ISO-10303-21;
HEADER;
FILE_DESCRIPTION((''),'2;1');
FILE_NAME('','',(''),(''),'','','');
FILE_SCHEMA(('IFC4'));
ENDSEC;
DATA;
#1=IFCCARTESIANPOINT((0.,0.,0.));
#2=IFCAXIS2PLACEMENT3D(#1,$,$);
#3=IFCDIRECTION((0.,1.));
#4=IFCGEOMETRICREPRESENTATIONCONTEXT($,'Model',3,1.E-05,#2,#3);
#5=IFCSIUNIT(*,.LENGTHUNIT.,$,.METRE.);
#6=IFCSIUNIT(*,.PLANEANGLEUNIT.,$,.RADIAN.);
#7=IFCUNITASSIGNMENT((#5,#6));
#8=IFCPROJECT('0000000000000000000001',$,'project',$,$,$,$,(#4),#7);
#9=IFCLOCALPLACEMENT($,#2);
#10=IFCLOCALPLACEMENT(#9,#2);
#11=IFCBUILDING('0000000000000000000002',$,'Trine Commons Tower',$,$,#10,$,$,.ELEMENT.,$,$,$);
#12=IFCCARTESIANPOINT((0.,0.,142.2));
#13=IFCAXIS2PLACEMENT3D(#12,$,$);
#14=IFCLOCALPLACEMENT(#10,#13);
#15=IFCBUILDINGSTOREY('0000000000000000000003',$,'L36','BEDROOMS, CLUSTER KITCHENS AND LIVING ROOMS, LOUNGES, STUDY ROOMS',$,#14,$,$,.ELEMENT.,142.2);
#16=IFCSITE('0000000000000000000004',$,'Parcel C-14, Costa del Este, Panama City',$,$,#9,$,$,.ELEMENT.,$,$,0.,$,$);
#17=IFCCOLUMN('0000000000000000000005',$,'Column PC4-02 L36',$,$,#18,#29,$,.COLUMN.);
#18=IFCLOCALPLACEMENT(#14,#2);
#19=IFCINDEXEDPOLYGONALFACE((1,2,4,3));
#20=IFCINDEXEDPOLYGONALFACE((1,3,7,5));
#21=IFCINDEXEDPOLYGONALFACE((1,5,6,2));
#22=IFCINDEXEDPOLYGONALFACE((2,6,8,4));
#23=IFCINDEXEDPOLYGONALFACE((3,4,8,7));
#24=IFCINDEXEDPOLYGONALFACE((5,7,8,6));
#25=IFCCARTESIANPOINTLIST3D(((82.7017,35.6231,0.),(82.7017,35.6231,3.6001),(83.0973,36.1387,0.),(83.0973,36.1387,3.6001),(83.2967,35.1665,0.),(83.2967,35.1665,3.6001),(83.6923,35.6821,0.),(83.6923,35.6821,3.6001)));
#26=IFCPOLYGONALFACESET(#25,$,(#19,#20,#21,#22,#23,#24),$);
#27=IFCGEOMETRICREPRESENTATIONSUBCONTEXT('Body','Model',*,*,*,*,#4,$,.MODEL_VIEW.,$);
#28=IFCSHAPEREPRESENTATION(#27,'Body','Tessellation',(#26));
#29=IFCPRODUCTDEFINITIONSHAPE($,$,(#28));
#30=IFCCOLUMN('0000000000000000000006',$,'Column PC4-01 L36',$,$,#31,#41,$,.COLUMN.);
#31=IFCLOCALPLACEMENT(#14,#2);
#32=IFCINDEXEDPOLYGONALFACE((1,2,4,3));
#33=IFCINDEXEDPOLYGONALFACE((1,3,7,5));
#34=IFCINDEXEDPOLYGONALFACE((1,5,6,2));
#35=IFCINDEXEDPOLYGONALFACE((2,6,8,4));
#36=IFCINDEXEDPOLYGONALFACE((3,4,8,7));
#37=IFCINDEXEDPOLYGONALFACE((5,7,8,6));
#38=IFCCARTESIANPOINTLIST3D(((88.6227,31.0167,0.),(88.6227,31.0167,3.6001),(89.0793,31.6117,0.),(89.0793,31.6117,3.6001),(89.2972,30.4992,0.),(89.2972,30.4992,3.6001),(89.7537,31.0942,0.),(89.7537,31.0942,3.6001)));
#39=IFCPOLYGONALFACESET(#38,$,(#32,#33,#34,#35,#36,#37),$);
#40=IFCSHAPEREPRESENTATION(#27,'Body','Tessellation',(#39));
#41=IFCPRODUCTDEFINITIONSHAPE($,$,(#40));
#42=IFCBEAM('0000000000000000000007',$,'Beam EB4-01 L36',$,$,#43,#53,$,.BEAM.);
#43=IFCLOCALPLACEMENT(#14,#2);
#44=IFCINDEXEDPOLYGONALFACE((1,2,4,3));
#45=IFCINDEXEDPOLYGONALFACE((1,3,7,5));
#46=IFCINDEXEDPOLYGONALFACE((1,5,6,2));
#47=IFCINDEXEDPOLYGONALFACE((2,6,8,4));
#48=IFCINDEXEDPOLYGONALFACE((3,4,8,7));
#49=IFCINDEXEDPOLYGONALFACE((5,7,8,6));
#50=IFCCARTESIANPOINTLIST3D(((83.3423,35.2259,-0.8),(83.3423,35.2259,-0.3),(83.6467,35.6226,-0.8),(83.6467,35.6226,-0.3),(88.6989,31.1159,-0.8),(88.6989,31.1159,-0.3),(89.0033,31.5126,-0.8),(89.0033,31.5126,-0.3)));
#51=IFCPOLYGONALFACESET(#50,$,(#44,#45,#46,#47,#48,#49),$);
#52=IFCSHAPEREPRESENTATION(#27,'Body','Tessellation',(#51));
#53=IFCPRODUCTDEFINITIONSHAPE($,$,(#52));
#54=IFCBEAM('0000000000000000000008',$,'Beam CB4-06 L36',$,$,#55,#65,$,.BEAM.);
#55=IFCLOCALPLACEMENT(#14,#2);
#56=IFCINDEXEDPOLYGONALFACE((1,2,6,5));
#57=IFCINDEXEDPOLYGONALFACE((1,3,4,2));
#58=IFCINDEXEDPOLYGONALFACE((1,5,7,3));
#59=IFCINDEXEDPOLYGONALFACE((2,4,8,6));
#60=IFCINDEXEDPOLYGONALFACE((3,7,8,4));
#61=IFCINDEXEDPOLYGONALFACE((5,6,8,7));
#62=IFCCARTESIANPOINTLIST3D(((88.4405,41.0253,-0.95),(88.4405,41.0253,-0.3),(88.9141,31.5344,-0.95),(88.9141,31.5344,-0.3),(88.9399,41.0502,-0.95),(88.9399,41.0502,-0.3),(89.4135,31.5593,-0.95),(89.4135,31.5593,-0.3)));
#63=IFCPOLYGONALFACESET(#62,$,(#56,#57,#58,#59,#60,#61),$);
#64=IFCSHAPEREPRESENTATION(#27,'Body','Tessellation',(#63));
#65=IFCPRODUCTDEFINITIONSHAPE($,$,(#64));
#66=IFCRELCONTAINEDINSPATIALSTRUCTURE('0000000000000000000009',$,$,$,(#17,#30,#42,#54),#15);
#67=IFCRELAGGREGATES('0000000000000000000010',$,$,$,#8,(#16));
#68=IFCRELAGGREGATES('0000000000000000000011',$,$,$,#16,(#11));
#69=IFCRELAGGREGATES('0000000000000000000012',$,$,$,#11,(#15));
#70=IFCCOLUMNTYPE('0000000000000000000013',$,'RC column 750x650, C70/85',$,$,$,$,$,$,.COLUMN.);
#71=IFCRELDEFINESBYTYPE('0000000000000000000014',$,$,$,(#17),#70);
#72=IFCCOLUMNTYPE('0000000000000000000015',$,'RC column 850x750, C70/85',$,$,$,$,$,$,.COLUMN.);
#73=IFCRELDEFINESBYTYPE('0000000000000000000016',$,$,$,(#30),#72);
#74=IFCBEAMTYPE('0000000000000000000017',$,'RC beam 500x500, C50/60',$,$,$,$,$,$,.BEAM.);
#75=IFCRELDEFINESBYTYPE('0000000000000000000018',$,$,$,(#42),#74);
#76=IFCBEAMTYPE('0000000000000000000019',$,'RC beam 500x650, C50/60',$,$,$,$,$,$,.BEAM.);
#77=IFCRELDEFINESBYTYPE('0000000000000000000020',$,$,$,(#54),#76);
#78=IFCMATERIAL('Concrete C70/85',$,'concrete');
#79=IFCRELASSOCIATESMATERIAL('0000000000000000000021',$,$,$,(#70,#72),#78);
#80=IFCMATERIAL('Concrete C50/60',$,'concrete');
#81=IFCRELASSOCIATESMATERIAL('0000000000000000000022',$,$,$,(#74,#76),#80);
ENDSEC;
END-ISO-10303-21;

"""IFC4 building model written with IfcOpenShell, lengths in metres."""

from ifc_helpers import new_model, si_unit, direction, frame, origin, origin_2d, place, context, subcontext, project, spatial, rectangle, extrude, material, material_profile, profile_set, type_object, element, save


model = new_model("IFC4")

# Units and contexts
model_context = context("Model", 3, precision=1e-05, world=origin(), true_north=direction((0.0, 1.0)))
body_context = subcontext(model_context, "Body", "Model", "MODEL_VIEW")
ifc_project = project(units=[si_unit("LENGTHUNIT", "METRE"), si_unit("PLANEANGLEUNIT", "RADIAN")], contexts=[model_context])

# Site, building, storey
site_placement = place(None, origin())
site = spatial("IfcSite", under=ifc_project, at=site_placement, Name="Parcel C-14, Costa del Este, Panama City", CompositionType="ELEMENT", RefElevation=0.0)
building_placement = place(site_placement, origin())
building = spatial("IfcBuilding", under=site, at=building_placement, Name="Trine Commons Tower", CompositionType="ELEMENT")
storey_placement = place(building_placement, frame((0.0, 0.0, 142.2)))
storey = spatial("IfcBuildingStorey", under=building, at=storey_placement, Name="L36", Description="BEDROOMS, CLUSTER KITCHENS AND LIVING ROOMS, LOUNGES, STUDY ROOMS", CompositionType="ELEMENT", Elevation=142.2)

# Columns
ifc_material_1 = material(Name="Concrete C70/85", Category="concrete")
ifc_material_profile_1 = material_profile(ifc_material_1, rectangle(XDim=0.75, YDim=0.6499, at=origin_2d()), Name="RC 750x650")
ifc_profile_set_1 = profile_set([ifc_material_profile_1], Name="Concrete C70/85")
column_type_1 = type_object("IfcColumnType", Name="RC column 750x650, C70/85", PredefinedType="COLUMN", material=ifc_profile_set_1)
column_1_placement = place(storey_placement, frame((83.197, 35.6526, 0.0), z_axis=(0.0, 0.0, 1.0), x_axis=(-0.793353, 0.608761, 0.0)))
element("IfcColumn", 1, at=column_1_placement, inside=storey, type_object=column_type_1, Name="Column PC4-02 L36", PredefinedType="COLUMN", context=body_context, shape_type="SweptSolid", body=[
    extrude(rectangle(XDim=0.75, YDim=0.6499, at=origin_2d()), origin(), (0.0, 0.0, 1.0), 3.6001),
])
ifc_material_profile_2 = material_profile(ifc_material_1, rectangle(XDim=0.8501, YDim=0.75, at=origin_2d()), Name="RC 850x750")
ifc_profile_set_2 = profile_set([ifc_material_profile_2], Name="Concrete C70/85")
column_type_2 = type_object("IfcColumnType", Name="RC column 850x750, C70/85", PredefinedType="COLUMN", material=ifc_profile_set_2)
column_2_placement = place(storey_placement, frame((89.1882, 31.0554, 0.0), z_axis=(0.0, 0.0, 1.0), x_axis=(-0.793353, 0.608761, 0.0)))
element("IfcColumn", 2, at=column_2_placement, inside=storey, type_object=column_type_2, Name="Column PC4-01 L36", PredefinedType="COLUMN", context=body_context, shape_type="SweptSolid", body=[
    extrude(rectangle(XDim=0.8501, YDim=0.75, at=origin_2d()), origin(), (0.0, 0.0, 1.0), 3.6001),
])

# Beams
ifc_material_2 = material(Name="Concrete C50/60", Category="concrete")
ifc_material_profile_3 = material_profile(ifc_material_2, rectangle(XDim=0.5, YDim=0.5, at=origin_2d()), Name="RC 500x500")
ifc_profile_set_3 = profile_set([ifc_material_profile_3], Name="Concrete C50/60")
beam_type_1 = type_object("IfcBeamType", Name="RC beam 500x500, C50/60", PredefinedType="BEAM", material=ifc_profile_set_3)
beam_1_placement = place(storey_placement, frame((88.8511, 31.3142, -0.55), z_axis=(-0.793369, 0.60874, 0.0), x_axis=(-0.60874, -0.793369, 0.0)))
element("IfcBeam", 3, at=beam_1_placement, inside=storey, type_object=beam_type_1, Name="Beam EB4-01 L36", PredefinedType="BEAM", context=body_context, shape_type="SweptSolid", body=[
    extrude(rectangle(XDim=0.5, YDim=0.5, at=origin_2d()), origin(), (0.0, 0.0, 1.0), 6.7517),
])
ifc_material_profile_4 = material_profile(ifc_material_2, rectangle(XDim=0.5, YDim=0.6499, at=origin_2d()), Name="RC 500x650")
ifc_profile_set_4 = profile_set([ifc_material_profile_4], Name="Concrete C50/60")
beam_type_2 = type_object("IfcBeamType", Name="RC beam 500x650, C50/60", PredefinedType="BEAM", material=ifc_profile_set_4)
beam_2_placement = place(storey_placement, frame((89.1638, 31.5469, -0.625), z_axis=(-0.049842, 0.998757, 0.0), x_axis=(-0.998757, -0.049842, 0.0)))
element("IfcBeam", 4, at=beam_2_placement, inside=storey, type_object=beam_type_2, Name="Beam CB4-06 L36", PredefinedType="BEAM", context=body_context, shape_type="SweptSolid", body=[
    extrude(rectangle(XDim=0.5, YDim=0.6499, at=origin_2d()), origin(), (0.0, 0.0, 1.0), 9.5027),
])

save(model, "model.ifc")
